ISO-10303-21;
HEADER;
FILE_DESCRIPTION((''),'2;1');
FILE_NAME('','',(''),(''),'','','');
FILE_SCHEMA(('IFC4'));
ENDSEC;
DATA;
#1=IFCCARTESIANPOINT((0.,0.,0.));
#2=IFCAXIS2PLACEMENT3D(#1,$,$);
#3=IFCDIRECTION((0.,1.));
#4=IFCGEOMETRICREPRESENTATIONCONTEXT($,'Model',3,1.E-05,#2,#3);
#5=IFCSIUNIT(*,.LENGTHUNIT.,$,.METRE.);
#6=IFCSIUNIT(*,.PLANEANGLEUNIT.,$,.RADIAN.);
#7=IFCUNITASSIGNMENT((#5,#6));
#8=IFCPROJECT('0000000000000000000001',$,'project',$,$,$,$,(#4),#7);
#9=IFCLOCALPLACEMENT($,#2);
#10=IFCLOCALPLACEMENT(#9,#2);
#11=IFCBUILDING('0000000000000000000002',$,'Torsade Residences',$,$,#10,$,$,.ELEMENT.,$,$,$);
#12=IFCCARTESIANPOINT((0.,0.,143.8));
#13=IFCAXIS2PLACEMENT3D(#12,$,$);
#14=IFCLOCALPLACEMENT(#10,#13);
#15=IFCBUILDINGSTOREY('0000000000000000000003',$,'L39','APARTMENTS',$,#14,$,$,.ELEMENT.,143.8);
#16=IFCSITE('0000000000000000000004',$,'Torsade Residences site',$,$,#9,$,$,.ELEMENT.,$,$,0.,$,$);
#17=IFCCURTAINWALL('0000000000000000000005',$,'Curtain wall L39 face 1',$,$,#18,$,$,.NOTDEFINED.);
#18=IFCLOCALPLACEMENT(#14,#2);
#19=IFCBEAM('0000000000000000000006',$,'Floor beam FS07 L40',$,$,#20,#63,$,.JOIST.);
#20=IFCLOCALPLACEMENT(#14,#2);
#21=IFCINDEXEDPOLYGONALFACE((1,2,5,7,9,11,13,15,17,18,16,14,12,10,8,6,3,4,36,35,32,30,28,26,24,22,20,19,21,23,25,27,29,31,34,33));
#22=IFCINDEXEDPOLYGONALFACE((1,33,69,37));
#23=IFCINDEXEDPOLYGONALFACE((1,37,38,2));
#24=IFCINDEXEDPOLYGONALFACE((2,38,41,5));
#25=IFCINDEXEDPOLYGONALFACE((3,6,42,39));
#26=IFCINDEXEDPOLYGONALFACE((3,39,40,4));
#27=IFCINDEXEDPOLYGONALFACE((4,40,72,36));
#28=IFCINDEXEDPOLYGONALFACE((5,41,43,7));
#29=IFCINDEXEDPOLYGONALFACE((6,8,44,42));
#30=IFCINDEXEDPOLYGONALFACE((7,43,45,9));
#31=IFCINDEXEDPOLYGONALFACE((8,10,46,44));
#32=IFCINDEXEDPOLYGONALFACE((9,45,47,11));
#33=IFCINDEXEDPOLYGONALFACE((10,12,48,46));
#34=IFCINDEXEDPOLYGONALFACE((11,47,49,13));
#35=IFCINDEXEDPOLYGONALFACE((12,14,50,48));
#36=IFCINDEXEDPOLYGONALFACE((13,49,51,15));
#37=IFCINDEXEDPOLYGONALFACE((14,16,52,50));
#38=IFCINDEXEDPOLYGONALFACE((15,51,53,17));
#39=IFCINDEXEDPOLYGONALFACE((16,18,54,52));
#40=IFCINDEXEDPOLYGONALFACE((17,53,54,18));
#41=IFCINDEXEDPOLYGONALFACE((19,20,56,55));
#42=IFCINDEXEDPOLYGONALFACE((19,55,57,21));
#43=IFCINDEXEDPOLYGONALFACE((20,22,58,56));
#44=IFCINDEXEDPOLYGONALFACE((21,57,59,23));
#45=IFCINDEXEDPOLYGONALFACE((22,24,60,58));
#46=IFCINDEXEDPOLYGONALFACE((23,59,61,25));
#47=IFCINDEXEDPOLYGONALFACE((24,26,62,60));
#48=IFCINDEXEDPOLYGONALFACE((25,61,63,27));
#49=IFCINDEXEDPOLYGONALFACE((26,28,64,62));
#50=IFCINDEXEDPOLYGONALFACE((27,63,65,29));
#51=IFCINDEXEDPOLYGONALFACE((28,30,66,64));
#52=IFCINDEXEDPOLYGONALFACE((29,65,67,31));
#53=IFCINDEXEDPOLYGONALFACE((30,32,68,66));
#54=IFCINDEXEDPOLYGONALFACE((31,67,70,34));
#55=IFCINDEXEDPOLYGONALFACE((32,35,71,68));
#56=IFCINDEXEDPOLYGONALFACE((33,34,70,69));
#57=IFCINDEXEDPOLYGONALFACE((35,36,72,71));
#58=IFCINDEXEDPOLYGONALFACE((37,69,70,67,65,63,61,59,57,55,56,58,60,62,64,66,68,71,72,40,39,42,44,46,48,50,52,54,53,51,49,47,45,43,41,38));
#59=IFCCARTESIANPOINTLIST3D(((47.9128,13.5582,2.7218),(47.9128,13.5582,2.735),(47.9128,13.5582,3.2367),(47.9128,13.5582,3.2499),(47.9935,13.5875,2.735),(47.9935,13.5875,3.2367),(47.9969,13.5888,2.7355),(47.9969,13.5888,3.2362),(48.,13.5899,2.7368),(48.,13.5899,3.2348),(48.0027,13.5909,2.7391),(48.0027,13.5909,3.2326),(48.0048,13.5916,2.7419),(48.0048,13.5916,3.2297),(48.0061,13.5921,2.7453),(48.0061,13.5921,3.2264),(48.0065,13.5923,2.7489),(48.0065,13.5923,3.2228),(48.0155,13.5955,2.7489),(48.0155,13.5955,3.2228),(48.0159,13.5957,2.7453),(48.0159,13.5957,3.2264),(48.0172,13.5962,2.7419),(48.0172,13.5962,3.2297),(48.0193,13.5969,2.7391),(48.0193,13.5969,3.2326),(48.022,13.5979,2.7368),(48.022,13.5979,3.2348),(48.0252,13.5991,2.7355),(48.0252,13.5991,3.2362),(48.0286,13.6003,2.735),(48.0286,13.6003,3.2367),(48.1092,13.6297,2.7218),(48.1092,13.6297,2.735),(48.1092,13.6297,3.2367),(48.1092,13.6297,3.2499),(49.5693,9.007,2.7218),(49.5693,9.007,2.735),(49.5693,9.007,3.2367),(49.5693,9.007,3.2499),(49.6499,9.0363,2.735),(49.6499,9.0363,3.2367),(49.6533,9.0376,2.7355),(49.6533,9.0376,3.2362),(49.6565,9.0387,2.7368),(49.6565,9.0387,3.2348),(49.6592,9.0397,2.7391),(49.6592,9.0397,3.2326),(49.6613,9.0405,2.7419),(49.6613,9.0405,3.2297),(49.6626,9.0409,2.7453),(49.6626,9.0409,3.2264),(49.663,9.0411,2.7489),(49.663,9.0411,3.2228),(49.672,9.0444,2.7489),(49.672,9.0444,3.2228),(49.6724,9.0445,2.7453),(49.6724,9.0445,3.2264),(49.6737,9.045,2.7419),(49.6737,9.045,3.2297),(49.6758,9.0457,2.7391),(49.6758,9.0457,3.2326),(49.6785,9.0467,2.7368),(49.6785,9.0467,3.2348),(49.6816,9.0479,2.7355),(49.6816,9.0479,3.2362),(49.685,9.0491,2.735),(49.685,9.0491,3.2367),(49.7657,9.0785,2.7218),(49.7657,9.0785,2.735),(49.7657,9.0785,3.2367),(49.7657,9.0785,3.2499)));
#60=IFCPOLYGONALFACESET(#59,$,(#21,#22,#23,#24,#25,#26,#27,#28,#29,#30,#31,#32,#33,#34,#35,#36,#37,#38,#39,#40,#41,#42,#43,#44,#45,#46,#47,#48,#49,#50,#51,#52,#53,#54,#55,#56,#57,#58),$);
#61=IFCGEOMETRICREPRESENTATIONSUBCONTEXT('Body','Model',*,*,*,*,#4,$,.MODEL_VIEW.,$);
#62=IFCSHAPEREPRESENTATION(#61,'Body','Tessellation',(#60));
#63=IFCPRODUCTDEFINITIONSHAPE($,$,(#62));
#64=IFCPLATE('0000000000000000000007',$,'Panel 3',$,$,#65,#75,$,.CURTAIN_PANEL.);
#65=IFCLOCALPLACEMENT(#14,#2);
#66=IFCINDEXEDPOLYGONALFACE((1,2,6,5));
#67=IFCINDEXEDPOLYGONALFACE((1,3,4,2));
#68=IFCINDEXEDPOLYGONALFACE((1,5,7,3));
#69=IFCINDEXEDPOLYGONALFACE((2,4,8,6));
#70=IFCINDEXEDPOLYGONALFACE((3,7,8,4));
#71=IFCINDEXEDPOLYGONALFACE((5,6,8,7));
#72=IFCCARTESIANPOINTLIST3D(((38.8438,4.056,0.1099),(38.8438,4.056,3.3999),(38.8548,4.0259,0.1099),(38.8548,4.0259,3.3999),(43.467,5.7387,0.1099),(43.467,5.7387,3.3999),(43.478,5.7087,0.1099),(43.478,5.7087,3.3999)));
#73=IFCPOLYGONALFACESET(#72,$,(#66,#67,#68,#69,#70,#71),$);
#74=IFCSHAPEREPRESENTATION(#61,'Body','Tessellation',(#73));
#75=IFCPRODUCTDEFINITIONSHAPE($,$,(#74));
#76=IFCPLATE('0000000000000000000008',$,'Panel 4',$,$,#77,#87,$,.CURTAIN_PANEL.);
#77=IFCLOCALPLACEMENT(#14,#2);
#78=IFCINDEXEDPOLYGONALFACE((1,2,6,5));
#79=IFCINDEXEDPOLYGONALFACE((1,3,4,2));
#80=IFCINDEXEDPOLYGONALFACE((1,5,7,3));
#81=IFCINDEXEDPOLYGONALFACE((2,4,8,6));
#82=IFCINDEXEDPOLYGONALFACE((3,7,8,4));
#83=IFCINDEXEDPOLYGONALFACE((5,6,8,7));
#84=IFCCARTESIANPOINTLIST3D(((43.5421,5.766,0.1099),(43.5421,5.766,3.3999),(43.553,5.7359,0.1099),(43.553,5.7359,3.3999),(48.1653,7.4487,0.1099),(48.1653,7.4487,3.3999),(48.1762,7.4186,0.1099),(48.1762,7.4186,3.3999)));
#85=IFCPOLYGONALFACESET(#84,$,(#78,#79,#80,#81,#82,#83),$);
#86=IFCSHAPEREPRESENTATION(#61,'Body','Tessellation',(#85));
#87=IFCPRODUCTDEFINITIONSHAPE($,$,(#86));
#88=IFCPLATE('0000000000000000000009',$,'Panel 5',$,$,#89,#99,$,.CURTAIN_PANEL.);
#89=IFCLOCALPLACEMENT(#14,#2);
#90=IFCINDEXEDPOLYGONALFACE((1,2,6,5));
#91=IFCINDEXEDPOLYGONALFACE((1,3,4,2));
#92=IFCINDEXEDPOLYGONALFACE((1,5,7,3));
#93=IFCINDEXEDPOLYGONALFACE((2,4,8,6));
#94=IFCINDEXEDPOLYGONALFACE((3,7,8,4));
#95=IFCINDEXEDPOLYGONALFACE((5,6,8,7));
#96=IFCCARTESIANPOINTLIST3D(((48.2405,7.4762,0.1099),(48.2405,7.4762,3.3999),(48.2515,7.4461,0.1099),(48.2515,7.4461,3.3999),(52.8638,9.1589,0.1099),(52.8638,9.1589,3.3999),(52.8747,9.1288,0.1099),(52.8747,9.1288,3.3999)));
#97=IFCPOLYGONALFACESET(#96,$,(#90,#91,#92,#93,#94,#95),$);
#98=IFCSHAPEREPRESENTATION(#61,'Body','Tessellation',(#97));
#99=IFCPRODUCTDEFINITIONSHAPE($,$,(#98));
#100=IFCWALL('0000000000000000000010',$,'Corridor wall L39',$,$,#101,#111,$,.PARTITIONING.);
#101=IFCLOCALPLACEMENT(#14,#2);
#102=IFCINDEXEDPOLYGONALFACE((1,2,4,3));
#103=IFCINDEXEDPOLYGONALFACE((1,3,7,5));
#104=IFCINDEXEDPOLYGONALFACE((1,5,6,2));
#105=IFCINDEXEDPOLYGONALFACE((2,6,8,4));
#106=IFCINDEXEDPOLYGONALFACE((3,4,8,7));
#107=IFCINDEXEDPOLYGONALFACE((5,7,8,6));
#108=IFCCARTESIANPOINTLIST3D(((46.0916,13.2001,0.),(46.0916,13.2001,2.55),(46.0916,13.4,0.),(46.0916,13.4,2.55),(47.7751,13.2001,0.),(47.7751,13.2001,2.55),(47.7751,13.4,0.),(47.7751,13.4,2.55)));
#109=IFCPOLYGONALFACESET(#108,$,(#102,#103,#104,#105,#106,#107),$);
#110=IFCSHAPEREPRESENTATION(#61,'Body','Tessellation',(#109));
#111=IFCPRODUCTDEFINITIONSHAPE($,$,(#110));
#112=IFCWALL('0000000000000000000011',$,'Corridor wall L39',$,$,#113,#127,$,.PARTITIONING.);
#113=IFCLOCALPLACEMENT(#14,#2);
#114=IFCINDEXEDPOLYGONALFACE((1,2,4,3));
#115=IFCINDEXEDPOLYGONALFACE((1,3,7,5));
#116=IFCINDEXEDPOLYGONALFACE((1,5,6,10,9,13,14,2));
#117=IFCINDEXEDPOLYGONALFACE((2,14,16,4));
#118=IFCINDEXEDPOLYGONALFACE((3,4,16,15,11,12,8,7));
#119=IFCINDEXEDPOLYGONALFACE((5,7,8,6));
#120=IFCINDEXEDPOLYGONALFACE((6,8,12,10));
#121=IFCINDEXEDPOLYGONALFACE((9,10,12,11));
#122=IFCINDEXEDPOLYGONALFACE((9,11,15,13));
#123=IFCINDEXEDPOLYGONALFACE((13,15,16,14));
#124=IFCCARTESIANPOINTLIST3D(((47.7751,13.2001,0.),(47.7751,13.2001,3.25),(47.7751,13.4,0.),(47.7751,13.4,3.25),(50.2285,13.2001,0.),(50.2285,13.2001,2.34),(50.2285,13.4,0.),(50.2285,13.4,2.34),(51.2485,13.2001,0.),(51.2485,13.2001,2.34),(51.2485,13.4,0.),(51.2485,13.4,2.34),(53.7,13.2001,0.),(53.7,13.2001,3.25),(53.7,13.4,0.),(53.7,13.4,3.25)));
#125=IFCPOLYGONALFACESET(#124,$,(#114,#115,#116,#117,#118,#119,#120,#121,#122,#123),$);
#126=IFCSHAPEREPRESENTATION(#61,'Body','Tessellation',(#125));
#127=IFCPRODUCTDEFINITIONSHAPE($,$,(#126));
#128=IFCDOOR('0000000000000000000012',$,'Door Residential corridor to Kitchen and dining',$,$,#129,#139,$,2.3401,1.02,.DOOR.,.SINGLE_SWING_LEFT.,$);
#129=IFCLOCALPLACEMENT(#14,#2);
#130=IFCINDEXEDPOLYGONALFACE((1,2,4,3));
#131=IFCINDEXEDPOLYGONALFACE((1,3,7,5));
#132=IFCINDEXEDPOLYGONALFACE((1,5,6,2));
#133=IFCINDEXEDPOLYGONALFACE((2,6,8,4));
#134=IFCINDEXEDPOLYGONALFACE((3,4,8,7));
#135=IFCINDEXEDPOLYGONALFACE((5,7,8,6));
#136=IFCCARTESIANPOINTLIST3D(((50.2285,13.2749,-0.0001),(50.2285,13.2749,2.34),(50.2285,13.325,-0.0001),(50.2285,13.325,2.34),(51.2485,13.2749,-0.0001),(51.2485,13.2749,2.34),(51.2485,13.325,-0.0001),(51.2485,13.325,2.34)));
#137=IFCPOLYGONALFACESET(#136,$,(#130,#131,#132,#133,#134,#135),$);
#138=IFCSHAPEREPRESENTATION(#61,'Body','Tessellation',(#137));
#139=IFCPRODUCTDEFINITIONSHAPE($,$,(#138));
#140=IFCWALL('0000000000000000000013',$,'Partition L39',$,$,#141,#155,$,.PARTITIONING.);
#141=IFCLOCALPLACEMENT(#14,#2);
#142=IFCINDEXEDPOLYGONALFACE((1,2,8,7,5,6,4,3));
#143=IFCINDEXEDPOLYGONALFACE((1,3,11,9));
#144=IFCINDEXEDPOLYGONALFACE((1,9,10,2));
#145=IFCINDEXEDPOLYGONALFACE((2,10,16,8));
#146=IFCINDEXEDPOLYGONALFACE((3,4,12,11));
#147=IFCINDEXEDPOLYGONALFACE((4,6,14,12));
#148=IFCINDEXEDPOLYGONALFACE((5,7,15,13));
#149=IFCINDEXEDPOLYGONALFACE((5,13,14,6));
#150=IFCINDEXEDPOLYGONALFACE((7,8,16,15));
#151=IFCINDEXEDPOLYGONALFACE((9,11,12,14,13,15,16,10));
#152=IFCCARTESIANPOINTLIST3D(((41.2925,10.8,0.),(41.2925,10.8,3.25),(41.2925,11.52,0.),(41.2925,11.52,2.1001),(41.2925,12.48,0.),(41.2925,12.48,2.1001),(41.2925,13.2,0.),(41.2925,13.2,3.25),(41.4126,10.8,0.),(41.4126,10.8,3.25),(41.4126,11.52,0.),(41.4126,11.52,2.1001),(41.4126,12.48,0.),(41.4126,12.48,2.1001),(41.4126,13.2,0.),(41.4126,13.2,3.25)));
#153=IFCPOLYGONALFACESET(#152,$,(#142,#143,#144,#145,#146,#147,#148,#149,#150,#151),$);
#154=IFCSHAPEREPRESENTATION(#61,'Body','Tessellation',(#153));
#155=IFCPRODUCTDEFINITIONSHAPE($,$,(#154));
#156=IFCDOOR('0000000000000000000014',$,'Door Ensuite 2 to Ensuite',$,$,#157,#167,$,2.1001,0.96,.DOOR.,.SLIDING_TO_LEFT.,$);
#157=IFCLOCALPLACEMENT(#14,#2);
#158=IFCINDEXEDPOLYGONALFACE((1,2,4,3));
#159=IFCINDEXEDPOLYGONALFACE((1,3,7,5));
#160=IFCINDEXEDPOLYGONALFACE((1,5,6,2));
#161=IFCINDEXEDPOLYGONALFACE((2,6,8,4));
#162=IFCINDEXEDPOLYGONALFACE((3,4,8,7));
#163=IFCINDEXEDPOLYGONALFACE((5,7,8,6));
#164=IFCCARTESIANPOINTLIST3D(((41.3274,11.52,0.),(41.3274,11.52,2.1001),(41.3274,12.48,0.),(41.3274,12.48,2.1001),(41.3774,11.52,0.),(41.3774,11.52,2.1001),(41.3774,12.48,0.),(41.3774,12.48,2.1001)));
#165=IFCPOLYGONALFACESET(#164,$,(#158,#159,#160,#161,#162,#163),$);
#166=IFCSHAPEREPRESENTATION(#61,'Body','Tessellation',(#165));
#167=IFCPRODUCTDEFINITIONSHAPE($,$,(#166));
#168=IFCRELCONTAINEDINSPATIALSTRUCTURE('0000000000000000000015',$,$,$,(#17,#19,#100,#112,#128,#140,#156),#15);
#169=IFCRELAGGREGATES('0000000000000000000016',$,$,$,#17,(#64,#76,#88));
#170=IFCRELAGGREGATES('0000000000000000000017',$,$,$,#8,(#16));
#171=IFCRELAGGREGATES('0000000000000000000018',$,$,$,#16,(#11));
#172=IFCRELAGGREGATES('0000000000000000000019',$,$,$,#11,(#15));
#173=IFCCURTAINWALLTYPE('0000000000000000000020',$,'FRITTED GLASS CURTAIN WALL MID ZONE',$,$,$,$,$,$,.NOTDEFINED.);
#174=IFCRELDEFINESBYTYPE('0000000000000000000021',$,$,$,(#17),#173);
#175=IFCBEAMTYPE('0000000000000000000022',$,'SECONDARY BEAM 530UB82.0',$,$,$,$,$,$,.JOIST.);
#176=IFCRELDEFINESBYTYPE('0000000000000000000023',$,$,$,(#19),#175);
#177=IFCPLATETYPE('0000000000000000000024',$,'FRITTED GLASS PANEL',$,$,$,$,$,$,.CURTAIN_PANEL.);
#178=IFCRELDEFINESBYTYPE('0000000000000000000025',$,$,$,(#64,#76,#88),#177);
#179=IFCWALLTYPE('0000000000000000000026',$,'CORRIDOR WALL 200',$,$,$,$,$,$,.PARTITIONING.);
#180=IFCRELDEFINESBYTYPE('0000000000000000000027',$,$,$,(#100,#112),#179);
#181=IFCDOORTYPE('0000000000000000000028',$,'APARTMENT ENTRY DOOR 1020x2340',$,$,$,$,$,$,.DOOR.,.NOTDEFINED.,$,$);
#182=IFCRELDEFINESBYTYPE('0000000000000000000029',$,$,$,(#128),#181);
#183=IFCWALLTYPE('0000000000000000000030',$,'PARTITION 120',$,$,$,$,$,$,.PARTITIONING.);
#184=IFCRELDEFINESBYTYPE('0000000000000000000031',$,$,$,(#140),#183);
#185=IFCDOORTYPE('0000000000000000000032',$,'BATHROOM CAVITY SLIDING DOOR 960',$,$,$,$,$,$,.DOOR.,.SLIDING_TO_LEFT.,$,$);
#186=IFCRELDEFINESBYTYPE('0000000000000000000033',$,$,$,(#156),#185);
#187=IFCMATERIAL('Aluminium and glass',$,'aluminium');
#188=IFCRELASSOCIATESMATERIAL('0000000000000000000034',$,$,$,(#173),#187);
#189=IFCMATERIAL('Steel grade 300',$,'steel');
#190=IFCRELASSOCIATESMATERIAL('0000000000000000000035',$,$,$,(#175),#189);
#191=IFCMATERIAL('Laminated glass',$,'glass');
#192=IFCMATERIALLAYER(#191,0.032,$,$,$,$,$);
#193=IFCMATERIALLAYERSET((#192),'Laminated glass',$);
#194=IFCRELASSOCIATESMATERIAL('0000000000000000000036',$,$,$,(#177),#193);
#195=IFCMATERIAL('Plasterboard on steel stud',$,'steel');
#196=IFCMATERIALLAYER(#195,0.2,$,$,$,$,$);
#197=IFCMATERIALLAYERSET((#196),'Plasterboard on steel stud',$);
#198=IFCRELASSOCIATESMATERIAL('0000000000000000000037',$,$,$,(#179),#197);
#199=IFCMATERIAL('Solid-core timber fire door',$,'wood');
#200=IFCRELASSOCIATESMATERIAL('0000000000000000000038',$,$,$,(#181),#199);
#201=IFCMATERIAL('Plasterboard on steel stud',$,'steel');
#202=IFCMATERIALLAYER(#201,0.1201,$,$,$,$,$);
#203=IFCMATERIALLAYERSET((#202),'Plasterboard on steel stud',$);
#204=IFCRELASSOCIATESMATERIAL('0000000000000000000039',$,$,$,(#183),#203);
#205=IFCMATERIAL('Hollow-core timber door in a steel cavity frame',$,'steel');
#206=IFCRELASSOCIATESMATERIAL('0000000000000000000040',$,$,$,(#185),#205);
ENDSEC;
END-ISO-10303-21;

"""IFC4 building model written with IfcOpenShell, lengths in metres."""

from ifc_helpers import new_model, si_unit, direction, frame, frame_2d, origin, origin_2d, place, context, subcontext, project, spatial, rectangle, i_section, extrude, material, layer, layer_set, material_profile, profile_set, type_object, element, fill, aggregate, save


model = new_model("IFC4")

# Units and contexts
model_context = context("Model", 3, precision=1e-05, world=origin(), true_north=direction((0.0, 1.0)))
body_context = subcontext(model_context, "Body", "Model", "MODEL_VIEW")
ifc_project = project(units=[si_unit("LENGTHUNIT", "METRE"), si_unit("PLANEANGLEUNIT", "RADIAN")], contexts=[model_context])

# Site, building, storey
site_placement = place(None, origin())
site = spatial("IfcSite", under=ifc_project, at=site_placement, Name="Torsade Residences site", CompositionType="ELEMENT", RefElevation=0.0)
building_placement = place(site_placement, origin())
building = spatial("IfcBuilding", under=site, at=building_placement, Name="Torsade Residences", CompositionType="ELEMENT")
storey_placement = place(building_placement, frame((0.0, 0.0, 143.8)))
storey = spatial("IfcBuildingStorey", under=building, at=storey_placement, Name="L39", Description="APARTMENTS", CompositionType="ELEMENT", Elevation=143.8)

# Curtain wall
ifc_material_1 = material(Name="Aluminium and glass", Category="aluminium")
curtain_wall_type = type_object("IfcCurtainWallType", Name="FRITTED GLASS CURTAIN WALL MID ZONE", PredefinedType="NOTDEFINED", material=ifc_material_1)
curtain_wall_placement = place(storey_placement, origin())
curtain_wall = element("IfcCurtainWall", 1, at=curtain_wall_placement, inside=storey, type_object=curtain_wall_type, Name="Curtain wall L39 face 1", PredefinedType="NOTDEFINED")

# Beam
ifc_material_2 = material(Name="Steel grade 300", Category="steel")
ifc_material_profile_1 = material_profile(ifc_material_2, i_section(OverallWidth=0.209, OverallDepth=0.5281, WebThickness=0.0095, FlangeThickness=0.0132, FilletRadius=0.0139, at=origin_2d()), Name="530UB82.0")
ifc_profile_set_1 = profile_set([ifc_material_profile_1], Name="Steel grade 300")
beam_type_1 = type_object("IfcBeamType", Name="SECONDARY BEAM 530UB82.0", PredefinedType="JOIST", material=ifc_profile_set_1)
beam_1_placement = place(storey_placement, frame((49.6675, 9.0427, 2.9858), z_axis=(-0.342014, 0.939695, 0.0), x_axis=(-0.939695, -0.342014, 0.0)))
element("IfcBeam", 2, at=beam_1_placement, inside=storey, type_object=beam_type_1, Name="Floor beam FS07 L40", PredefinedType="JOIST", context=body_context, shape_type="SweptSolid", body=[
    extrude(i_section(OverallWidth=0.209, OverallDepth=0.5281, WebThickness=0.0095, FlangeThickness=0.0132, FilletRadius=0.0139, at=origin_2d()), origin(), (0.0, 0.0, 1.0), 4.8433),
])

# Plates
ifc_material_3 = material(Name="Laminated glass", Category="glass")
ifc_layer_1 = layer(ifc_material_3, 0.032)
ifc_layer_set_1 = layer_set([ifc_layer_1], Name="Laminated glass")
plate_type = type_object("IfcPlateType", Name="FRITTED GLASS PANEL", PredefinedType="CURTAIN_PANEL", material=ifc_layer_set_1)
plate_1_placement = place(storey_placement, frame((41.1609, 4.8823, 0.1099), z_axis=(0.0, 0.0, 1.0), x_axis=(0.939693, 0.34202, 0.0)))
plate_1 = element("IfcPlate", 3, at=plate_1_placement, type_object=plate_type, Name="Panel 3", PredefinedType="CURTAIN_PANEL", context=body_context, shape_type="SweptSolid", body=[
    extrude(rectangle(XDim=4.9199, YDim=0.032, at=origin_2d()), origin(), (0.0, 0.0, 1.0), 3.29),
])
plate_2_placement = place(storey_placement, frame((45.8591, 6.5923, 0.1099), z_axis=(0.0, 0.0, 1.0), x_axis=(0.939693, 0.34202, 0.0)))
plate_2 = element("IfcPlate", 4, at=plate_2_placement, type_object=plate_type, Name="Panel 4", PredefinedType="CURTAIN_PANEL", context=body_context, shape_type="SweptSolid", body=[
    extrude(rectangle(XDim=4.9199, YDim=0.032, at=origin_2d()), origin(), (0.0, 0.0, 1.0), 3.29),
])
plate_3_placement = place(storey_placement, frame((50.5576, 8.3025, 0.1099), z_axis=(0.0, 0.0, 1.0), x_axis=(0.939693, 0.34202, 0.0)))
plate_3 = element("IfcPlate", 5, at=plate_3_placement, type_object=plate_type, Name="Panel 5", PredefinedType="CURTAIN_PANEL", context=body_context, shape_type="SweptSolid", body=[
    extrude(rectangle(XDim=4.9199, YDim=0.032, at=origin_2d()), origin(), (0.0, 0.0, 1.0), 3.29),
])
aggregate(curtain_wall, [plate_1, plate_2, plate_3])

# Wall
ifc_material_4 = material(Name="Plasterboard on steel stud", Category="steel")
ifc_layer_2 = layer(ifc_material_4, 0.2)
ifc_layer_set_2 = layer_set([ifc_layer_2], Name="Plasterboard on steel stud")
wall_type_1 = type_object("IfcWallType", Name="CORRIDOR WALL 200", PredefinedType="PARTITIONING", material=ifc_layer_set_2)
wall_1_placement = place(storey_placement, frame((46.0916, 13.3, 0.0), z_axis=(0.0, 0.0, 1.0), x_axis=(1.0, 0.0, 0.0)))
element("IfcWall", 6, at=wall_1_placement, inside=storey, type_object=wall_type_1, Name="Corridor wall L39", PredefinedType="PARTITIONING", context=body_context, shape_type="SweptSolid", body=[
    extrude(rectangle(XDim=1.6836, YDim=0.2, at=frame_2d((0.8418, 0.0))), origin(), (0.0, 0.0, 1.0), 2.55),
])

# Walls, openings, doors
wall_2_placement = place(storey_placement, frame((47.7751, 13.3, 0.0), z_axis=(0.0, 0.0, 1.0), x_axis=(1.0, 0.0, 0.0)))
wall_2 = element("IfcWall", 7, at=wall_2_placement, inside=storey, type_object=wall_type_1, Name="Corridor wall L39", PredefinedType="PARTITIONING", context=body_context, shape_type="SweptSolid", body=[
    extrude(rectangle(XDim=5.9248, YDim=0.2, at=frame_2d((2.9624, 0.0))), origin(), (0.0, 0.0, 1.0), 3.25),
])
opening_1_placement = place(wall_2_placement, frame((2.4534, 0.0, 0.0)))
opening_1 = element("IfcOpeningElement", 8, at=opening_1_placement, cuts=wall_2, PredefinedType="OPENING", context=body_context, shape_type="SweptSolid", body=[
    extrude(rectangle(XDim=1.02, YDim=2.3401, at=frame_2d((0.51, 1.1699))), frame((0.0, 0.1099, 0.0), z_axis=(0.0, -1.0, 0.0), x_axis=(1.0, 0.0, 0.0)), (0.0, 0.0, 1.0), 0.22),
])
ifc_material_5 = material(Name="Solid-core timber fire door", Category="wood")
door_type_1 = type_object("IfcDoorType", Name="APARTMENT ENTRY DOOR 1020x2340", OperationType="NOTDEFINED", PredefinedType="DOOR", material=ifc_material_5)
door_1_placement = place(opening_1_placement, origin())
door_1 = element("IfcDoor", 9, at=door_1_placement, inside=storey, type_object=door_type_1, Name="Door Residential corridor to Kitchen and dining", OperationType="SINGLE_SWING_LEFT", OverallHeight=2.3401, OverallWidth=1.02, PredefinedType="DOOR", context=body_context, shape_type="SweptSolid", body=[
    extrude(rectangle(XDim=1.02, YDim=2.3401, at=frame_2d((0.51, 1.1699))), frame((0.0, 0.0249, 0.0), z_axis=(0.0, -1.0, 0.0), x_axis=(1.0, 0.0, 0.0)), (0.0, 0.0, 1.0), 0.05),
])
fill(opening_1, door_1)
ifc_material_6 = material(Name="Plasterboard on steel stud", Category="steel")
ifc_layer_3 = layer(ifc_material_6, 0.1201)
ifc_layer_set_3 = layer_set([ifc_layer_3], Name="Plasterboard on steel stud")
wall_type_2 = type_object("IfcWallType", Name="PARTITION 120", PredefinedType="PARTITIONING", material=ifc_layer_set_3)
wall_3_placement = place(storey_placement, frame((41.3525, 13.2, 0.0), z_axis=(0.0, 0.0, 1.0), x_axis=(0.0, -1.0, 0.0)))
wall_3 = element("IfcWall", 10, at=wall_3_placement, inside=storey, type_object=wall_type_2, Name="Partition L39", PredefinedType="PARTITIONING", context=body_context, shape_type="SweptSolid", body=[
    extrude(rectangle(XDim=2.3999, YDim=0.1201, at=frame_2d((1.2, 0.0))), origin(), (0.0, 0.0, 1.0), 3.25),
])
opening_2_placement = place(wall_3_placement, frame((0.72, 0.0, 0.0)))
opening_2 = element("IfcOpeningElement", 11, at=opening_2_placement, cuts=wall_3, PredefinedType="OPENING", context=body_context, shape_type="SweptSolid", body=[
    extrude(rectangle(XDim=0.96, YDim=2.1001, at=frame_2d((0.48, 1.05))), frame((0.0, 0.0701, 0.0), z_axis=(0.0, -1.0, 0.0), x_axis=(1.0, 0.0, 0.0)), (0.0, 0.0, 1.0), 0.1401),
])
ifc_material_7 = material(Name="Hollow-core timber door in a steel cavity frame", Category="steel")
door_type_2 = type_object("IfcDoorType", Name="BATHROOM CAVITY SLIDING DOOR 960", OperationType="SLIDING_TO_LEFT", PredefinedType="DOOR", material=ifc_material_7)
door_2_placement = place(opening_2_placement, origin())
door_2 = element("IfcDoor", 12, at=door_2_placement, inside=storey, type_object=door_type_2, Name="Door Ensuite 2 to Ensuite", OperationType="SLIDING_TO_LEFT", OverallHeight=2.1001, OverallWidth=0.96, PredefinedType="DOOR", context=body_context, shape_type="SweptSolid", body=[
    extrude(rectangle(XDim=0.96, YDim=2.1001, at=frame_2d((0.48, 1.05))), frame((0.0, 0.0249, 0.0), z_axis=(0.0, -1.0, 0.0), x_axis=(1.0, 0.0, 0.0)), (0.0, 0.0, 1.0), 0.05),
])
fill(opening_2, door_2)

save(model, "model.ifc")
